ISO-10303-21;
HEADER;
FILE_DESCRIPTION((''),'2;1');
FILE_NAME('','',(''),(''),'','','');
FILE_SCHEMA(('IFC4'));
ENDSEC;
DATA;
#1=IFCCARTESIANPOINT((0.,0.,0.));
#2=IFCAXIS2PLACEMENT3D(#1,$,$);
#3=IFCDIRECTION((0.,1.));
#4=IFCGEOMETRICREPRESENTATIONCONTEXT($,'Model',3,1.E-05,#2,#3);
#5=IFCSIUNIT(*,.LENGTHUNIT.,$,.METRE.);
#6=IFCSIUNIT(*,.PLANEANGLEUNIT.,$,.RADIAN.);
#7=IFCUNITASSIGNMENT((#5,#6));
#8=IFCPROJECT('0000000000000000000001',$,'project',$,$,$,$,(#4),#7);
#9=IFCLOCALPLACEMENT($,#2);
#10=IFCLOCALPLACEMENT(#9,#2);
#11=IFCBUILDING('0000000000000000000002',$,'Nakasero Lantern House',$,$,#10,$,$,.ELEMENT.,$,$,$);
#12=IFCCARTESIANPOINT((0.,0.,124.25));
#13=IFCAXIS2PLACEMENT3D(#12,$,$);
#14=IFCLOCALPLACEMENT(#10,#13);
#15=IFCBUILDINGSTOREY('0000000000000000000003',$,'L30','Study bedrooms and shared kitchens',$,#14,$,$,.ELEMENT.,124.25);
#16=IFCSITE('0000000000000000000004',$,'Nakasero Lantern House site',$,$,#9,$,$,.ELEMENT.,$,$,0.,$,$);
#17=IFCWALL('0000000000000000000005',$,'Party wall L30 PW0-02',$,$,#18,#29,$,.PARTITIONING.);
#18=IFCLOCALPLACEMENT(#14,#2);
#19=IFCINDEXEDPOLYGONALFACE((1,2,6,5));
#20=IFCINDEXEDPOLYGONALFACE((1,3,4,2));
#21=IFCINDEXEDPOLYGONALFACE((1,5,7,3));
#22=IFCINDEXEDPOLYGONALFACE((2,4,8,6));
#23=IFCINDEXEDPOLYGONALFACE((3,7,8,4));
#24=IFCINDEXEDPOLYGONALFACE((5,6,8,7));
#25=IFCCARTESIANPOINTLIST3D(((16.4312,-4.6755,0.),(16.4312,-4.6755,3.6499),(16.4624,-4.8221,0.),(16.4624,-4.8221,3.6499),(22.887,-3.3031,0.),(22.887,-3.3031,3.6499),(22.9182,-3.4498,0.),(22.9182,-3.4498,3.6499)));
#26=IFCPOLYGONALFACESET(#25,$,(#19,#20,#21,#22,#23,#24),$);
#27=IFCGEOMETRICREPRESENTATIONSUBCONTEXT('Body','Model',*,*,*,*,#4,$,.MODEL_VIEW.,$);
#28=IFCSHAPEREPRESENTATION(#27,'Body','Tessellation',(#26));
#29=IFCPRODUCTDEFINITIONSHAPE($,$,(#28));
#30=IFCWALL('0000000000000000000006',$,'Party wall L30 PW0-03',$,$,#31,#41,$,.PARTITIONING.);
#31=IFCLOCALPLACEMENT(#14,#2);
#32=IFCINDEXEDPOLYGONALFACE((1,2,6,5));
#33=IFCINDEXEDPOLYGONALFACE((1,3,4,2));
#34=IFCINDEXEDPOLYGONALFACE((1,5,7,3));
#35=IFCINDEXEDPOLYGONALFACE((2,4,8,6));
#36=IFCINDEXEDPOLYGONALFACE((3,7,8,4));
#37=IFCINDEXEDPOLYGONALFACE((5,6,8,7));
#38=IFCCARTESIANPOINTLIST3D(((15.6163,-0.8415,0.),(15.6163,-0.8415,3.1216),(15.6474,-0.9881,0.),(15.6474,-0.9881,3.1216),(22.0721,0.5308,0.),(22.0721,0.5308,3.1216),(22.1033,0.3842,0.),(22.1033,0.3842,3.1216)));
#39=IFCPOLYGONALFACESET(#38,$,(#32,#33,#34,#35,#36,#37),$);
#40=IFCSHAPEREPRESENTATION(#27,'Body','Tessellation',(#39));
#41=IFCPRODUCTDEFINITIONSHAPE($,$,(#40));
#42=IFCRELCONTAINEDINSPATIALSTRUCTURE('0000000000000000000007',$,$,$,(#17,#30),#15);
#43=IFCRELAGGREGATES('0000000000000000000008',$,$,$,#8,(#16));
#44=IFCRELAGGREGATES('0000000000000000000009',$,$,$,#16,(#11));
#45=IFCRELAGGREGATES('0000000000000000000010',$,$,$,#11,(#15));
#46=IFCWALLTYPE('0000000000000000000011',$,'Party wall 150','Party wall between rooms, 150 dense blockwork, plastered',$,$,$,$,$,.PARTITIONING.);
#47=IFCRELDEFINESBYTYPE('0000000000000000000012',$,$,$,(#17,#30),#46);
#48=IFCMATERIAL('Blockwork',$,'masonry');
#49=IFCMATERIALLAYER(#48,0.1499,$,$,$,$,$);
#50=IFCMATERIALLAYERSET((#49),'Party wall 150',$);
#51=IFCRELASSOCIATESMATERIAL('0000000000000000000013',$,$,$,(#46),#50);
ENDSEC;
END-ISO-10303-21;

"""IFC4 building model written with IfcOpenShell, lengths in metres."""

from ifc_helpers import new_model, si_unit, direction, frame, frame_2d, origin, place, context, subcontext, project, spatial, rectangle, extrude, material, layer, layer_set, type_object, element, save


model = new_model("IFC4")

# Units and contexts
model_context = context("Model", 3, precision=1e-05, world=origin(), true_north=direction((0.0, 1.0)))
body_context = subcontext(model_context, "Body", "Model", "MODEL_VIEW")
ifc_project = project(units=[si_unit("LENGTHUNIT", "METRE"), si_unit("PLANEANGLEUNIT", "RADIAN")], contexts=[model_context])

# Site, building, storey
site_placement = place(None, origin())
site = spatial("IfcSite", under=ifc_project, at=site_placement, Name="Nakasero Lantern House site", CompositionType="ELEMENT", RefElevation=0.0)
building_placement = place(site_placement, origin())
building = spatial("IfcBuilding", under=site, at=building_placement, Name="Nakasero Lantern House", CompositionType="ELEMENT")
storey_placement = place(building_placement, frame((0.0, 0.0, 124.25)))
storey = spatial("IfcBuildingStorey", under=building, at=storey_placement, Name="L30", Description="Study bedrooms and shared kitchens", CompositionType="ELEMENT", Elevation=124.25)

# Walls
ifc_material_1 = material(Name="Blockwork", Category="masonry")
ifc_layer_1 = layer(ifc_material_1, 0.1499)
ifc_layer_set_1 = layer_set([ifc_layer_1], Name="Party wall 150")
wall_type_1 = type_object("IfcWallType", Name="Party wall 150", Description="Party wall between rooms, 150 dense blockwork, plastered", PredefinedType="PARTITIONING", material=ifc_layer_set_1)
wall_1_placement = place(storey_placement, frame((16.4468, -4.7488, 0.0), z_axis=(0.0, 0.0, 1.0), x_axis=(0.978145, 0.207925, 0.0)))
element("IfcWall", 1, at=wall_1_placement, inside=storey, type_object=wall_type_1, Name="Party wall L30 PW0-02", PredefinedType="PARTITIONING", context=body_context, shape_type="SweptSolid", body=[
    extrude(rectangle(XDim=6.6001, YDim=0.1499, at=frame_2d((3.3, 0.0))), origin(), (0.0, 0.0, 1.0), 3.6499),
])
wall_2_placement = place(storey_placement, frame((15.6318, -0.9148, 0.0), z_axis=(0.0, 0.0, 1.0), x_axis=(0.978145, 0.207925, 0.0)))
element("IfcWall", 2, at=wall_2_placement, inside=storey, type_object=wall_type_1, Name="Party wall L30 PW0-03", PredefinedType="PARTITIONING", context=body_context, shape_type="SweptSolid", body=[
    extrude(rectangle(XDim=6.6001, YDim=0.1499, at=frame_2d((3.3, 0.0))), origin(), (0.0, 0.0, 1.0), 3.1216),
])

save(model, "model.ifc")
